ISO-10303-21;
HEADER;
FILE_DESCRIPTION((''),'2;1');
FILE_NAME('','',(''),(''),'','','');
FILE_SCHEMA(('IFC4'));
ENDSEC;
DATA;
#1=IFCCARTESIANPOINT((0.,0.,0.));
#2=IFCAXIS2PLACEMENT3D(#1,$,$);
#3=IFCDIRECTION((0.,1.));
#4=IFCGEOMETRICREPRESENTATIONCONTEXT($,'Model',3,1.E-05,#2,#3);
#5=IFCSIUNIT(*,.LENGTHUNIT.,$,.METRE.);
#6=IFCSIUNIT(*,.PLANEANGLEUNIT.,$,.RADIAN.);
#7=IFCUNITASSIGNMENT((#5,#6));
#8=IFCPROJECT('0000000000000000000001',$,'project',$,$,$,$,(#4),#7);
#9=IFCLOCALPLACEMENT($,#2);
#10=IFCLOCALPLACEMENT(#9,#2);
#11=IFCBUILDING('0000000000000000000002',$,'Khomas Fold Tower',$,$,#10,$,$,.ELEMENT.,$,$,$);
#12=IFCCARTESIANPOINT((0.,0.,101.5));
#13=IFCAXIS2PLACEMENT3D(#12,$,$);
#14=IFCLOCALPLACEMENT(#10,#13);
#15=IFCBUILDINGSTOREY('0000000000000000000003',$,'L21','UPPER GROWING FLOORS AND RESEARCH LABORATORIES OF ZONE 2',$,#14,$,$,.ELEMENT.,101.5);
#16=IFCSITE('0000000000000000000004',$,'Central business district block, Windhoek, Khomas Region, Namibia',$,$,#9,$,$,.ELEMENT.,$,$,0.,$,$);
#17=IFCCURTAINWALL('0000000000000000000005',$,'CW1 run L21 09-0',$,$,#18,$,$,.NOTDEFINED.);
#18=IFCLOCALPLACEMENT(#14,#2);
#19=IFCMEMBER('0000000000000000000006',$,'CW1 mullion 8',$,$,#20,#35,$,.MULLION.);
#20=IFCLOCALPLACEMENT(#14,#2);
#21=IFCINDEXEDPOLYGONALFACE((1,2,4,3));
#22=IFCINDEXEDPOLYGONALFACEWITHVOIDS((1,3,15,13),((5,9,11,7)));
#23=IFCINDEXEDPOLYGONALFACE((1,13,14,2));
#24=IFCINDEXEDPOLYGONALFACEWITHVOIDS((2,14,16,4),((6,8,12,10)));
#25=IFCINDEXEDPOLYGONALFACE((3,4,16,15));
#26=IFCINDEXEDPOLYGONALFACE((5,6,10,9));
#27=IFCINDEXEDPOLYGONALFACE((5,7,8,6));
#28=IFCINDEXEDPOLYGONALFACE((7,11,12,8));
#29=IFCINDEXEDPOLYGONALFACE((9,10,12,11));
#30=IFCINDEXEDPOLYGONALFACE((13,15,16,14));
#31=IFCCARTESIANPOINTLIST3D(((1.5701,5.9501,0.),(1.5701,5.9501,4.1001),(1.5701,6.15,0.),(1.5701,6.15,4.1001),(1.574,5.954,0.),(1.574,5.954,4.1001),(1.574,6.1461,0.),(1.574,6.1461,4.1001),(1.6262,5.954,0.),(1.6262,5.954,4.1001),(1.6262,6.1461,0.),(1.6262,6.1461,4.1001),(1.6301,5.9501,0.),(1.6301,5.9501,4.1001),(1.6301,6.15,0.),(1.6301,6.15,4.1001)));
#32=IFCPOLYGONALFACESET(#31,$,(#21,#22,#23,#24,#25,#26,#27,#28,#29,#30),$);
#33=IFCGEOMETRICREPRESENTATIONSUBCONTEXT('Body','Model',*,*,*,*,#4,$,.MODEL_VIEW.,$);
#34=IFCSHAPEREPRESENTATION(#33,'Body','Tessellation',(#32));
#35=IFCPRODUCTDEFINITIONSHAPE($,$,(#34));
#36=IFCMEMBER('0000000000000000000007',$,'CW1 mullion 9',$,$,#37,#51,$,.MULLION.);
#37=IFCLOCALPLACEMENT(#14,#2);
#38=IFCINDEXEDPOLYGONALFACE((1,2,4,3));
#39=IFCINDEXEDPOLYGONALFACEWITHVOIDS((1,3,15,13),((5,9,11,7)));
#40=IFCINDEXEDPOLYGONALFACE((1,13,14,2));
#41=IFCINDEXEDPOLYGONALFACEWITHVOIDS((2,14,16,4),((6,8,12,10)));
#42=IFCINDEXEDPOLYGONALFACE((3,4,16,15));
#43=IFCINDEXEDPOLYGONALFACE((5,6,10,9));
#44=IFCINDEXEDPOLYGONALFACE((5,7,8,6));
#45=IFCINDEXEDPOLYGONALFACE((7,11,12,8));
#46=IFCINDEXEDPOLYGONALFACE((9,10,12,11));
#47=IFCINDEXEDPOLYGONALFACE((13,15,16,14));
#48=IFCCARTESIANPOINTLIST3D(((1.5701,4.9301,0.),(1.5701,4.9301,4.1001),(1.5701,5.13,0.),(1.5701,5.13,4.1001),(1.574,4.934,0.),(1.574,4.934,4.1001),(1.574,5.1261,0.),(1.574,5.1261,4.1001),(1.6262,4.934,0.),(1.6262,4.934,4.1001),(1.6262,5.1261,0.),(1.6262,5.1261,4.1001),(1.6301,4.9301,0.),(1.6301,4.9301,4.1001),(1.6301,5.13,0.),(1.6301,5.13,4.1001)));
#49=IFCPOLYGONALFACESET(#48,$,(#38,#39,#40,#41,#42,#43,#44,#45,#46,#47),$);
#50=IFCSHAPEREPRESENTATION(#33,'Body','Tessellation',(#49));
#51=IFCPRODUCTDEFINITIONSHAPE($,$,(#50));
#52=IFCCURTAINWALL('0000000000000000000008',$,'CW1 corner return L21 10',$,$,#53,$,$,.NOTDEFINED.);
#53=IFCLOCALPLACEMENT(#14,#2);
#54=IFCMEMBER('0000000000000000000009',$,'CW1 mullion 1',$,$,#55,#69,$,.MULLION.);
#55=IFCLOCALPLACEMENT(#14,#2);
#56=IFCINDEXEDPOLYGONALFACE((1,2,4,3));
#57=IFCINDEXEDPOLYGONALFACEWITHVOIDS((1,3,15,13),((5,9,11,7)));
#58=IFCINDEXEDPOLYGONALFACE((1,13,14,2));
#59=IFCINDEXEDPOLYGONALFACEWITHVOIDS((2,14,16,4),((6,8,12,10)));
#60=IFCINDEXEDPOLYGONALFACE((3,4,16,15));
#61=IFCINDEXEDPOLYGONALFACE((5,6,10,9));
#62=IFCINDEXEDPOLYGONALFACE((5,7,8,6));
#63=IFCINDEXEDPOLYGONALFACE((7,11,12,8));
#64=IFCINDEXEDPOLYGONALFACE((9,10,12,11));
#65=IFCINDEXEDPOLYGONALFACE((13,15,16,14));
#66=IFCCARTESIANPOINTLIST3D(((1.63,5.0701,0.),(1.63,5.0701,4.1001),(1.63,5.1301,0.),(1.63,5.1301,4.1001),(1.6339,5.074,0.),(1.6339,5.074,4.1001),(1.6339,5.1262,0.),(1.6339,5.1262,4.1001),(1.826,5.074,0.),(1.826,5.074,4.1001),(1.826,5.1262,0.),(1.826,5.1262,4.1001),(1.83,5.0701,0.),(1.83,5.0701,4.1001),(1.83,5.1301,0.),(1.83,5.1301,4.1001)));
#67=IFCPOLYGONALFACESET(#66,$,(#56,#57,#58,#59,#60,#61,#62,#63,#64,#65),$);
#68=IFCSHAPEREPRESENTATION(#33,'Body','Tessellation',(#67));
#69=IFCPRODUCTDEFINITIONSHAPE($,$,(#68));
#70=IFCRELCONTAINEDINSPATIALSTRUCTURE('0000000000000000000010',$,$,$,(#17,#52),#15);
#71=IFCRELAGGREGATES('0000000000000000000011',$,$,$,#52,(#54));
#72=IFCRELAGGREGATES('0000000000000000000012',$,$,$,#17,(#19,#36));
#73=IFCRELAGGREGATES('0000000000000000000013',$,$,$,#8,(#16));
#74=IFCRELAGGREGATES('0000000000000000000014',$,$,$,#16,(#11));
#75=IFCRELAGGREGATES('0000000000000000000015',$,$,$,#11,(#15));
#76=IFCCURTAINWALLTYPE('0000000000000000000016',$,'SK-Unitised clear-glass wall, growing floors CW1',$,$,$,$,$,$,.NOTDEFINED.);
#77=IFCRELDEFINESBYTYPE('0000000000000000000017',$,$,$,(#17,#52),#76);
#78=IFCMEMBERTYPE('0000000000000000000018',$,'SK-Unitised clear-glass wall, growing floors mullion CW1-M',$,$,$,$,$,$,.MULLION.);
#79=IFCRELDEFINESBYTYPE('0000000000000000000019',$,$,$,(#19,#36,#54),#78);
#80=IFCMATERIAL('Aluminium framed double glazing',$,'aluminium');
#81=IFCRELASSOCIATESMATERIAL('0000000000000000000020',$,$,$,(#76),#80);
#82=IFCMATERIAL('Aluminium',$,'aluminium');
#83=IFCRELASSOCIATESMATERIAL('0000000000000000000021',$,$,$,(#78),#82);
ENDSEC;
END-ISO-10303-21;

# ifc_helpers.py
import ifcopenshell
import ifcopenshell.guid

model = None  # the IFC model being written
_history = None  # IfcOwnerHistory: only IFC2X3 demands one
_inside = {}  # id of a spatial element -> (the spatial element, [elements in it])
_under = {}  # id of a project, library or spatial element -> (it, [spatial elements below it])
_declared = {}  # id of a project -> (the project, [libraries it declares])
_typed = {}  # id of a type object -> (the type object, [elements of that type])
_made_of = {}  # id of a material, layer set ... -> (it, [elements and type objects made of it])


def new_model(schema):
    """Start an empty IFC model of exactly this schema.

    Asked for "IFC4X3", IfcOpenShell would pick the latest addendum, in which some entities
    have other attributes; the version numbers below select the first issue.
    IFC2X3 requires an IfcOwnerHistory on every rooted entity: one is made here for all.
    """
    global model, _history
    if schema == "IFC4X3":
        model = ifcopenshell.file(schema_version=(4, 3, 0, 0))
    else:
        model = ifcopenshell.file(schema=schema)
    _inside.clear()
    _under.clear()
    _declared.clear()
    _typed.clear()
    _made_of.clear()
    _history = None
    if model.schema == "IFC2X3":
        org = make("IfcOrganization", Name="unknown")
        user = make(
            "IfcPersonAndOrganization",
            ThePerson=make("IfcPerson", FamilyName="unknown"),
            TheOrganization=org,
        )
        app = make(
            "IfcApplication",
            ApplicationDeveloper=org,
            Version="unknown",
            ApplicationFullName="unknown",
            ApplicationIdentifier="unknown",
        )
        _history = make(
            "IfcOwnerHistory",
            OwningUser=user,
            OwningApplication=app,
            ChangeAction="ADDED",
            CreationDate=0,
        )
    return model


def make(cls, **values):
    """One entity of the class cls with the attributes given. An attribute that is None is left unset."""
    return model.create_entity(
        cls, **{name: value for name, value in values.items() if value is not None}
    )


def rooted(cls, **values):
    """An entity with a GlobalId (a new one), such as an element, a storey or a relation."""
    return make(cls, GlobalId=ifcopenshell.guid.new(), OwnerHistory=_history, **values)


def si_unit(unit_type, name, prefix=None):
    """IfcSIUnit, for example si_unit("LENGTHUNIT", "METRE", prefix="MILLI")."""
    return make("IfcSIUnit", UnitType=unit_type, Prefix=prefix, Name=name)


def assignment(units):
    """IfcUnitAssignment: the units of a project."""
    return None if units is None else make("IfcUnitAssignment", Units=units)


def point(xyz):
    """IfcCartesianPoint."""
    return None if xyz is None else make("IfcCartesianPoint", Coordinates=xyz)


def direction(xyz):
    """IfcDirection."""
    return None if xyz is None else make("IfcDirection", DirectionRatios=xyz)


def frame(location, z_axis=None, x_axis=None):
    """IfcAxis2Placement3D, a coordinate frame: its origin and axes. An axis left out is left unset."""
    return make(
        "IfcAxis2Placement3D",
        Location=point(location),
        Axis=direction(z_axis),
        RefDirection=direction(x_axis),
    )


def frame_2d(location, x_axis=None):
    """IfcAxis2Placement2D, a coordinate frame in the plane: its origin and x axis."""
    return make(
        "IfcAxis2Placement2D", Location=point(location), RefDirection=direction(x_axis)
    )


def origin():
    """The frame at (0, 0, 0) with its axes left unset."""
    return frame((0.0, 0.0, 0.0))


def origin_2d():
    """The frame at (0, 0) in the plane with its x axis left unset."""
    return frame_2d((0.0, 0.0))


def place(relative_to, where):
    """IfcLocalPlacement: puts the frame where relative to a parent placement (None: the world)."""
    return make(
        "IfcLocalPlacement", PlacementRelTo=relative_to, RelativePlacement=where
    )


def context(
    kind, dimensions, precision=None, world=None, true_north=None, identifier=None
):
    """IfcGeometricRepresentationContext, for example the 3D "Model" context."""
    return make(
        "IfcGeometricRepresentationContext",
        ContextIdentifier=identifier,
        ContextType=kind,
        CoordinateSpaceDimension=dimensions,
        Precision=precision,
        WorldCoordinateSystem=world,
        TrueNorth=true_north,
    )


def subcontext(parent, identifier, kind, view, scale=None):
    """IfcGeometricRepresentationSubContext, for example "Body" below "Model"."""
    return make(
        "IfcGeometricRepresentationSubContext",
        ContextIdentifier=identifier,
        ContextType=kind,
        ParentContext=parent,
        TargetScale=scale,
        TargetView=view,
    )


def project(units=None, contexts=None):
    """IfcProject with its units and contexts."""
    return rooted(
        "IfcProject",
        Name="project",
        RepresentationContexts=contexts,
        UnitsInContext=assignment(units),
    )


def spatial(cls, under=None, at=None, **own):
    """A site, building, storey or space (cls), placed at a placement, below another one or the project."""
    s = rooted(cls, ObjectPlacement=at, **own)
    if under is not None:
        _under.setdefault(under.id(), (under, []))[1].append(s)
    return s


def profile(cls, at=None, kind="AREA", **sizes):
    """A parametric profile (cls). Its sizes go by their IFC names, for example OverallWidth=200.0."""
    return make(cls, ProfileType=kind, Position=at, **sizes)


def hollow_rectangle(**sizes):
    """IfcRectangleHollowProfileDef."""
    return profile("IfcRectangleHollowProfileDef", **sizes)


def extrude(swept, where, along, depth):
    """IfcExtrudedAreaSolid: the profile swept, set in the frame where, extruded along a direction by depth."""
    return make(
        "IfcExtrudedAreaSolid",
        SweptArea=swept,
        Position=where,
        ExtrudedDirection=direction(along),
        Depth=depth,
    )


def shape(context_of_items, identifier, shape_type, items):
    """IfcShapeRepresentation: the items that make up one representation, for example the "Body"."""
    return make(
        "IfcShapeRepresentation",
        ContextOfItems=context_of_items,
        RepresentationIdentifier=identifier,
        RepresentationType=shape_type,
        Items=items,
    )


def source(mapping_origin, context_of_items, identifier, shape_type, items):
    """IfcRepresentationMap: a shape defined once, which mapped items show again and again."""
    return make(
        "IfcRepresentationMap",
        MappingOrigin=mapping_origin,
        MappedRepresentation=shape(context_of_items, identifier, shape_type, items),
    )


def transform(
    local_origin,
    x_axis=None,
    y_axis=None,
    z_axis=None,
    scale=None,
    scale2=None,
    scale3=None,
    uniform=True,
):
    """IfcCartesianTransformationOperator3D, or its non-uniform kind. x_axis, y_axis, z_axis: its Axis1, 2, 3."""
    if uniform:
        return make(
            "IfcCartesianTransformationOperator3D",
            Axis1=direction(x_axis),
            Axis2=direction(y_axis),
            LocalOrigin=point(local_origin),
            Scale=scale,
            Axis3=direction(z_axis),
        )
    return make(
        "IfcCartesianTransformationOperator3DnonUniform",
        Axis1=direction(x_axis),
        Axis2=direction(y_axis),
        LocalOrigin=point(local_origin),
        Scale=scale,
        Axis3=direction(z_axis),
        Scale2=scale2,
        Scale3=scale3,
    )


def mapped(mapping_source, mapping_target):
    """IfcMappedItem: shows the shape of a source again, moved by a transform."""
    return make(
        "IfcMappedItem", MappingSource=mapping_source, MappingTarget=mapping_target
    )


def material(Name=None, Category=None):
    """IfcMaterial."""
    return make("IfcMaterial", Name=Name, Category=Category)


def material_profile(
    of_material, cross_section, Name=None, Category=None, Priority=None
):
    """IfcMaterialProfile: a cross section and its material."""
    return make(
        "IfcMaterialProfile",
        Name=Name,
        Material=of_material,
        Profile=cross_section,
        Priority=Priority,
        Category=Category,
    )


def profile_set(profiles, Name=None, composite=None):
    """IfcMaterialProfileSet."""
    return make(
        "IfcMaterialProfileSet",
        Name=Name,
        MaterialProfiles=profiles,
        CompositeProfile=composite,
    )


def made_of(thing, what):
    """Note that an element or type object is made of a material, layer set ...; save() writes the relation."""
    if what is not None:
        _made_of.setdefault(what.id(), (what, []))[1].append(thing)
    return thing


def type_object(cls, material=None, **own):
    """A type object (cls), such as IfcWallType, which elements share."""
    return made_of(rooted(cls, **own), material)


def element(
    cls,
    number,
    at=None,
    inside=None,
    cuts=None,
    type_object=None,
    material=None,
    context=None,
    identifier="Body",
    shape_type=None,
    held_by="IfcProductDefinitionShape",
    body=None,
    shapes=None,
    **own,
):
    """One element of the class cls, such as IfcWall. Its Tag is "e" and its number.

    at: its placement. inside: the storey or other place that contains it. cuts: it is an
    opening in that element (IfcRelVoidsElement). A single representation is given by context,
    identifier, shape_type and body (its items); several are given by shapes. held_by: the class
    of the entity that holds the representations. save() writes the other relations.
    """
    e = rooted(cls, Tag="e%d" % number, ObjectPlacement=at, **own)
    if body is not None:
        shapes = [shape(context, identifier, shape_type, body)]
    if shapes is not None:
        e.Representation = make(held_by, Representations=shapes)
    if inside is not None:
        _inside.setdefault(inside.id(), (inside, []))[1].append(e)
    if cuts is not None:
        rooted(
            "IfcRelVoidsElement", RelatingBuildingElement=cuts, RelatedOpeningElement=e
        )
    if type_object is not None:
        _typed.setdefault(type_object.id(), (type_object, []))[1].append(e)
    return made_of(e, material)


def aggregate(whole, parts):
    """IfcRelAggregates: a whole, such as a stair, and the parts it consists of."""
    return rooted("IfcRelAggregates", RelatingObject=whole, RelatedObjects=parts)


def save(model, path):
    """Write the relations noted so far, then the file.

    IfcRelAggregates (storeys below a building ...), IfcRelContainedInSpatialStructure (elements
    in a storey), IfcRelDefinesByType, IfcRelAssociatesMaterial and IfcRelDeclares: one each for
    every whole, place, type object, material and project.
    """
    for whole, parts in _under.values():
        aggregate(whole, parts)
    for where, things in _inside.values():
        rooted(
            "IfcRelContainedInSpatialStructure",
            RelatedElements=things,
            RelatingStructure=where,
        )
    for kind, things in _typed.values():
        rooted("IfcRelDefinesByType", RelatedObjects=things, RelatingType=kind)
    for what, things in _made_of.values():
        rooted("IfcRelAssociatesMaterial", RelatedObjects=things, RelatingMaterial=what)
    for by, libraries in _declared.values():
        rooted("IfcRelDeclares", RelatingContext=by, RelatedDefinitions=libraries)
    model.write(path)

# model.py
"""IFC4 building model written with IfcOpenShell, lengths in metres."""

from ifc_helpers import new_model, si_unit, direction, frame, origin, origin_2d, place, context, subcontext, project, spatial, hollow_rectangle, extrude, source, transform, mapped, material, material_profile, profile_set, type_object, element, aggregate, save


model = new_model("IFC4")

# Units and contexts
model_context = context("Model", 3, precision=1e-05, world=origin(), true_north=direction((0.0, 1.0)))
body_context = subcontext(model_context, "Body", "Model", "MODEL_VIEW")
ifc_project = project(units=[si_unit("LENGTHUNIT", "METRE"), si_unit("PLANEANGLEUNIT", "RADIAN")], contexts=[model_context])

# Site, building, storey
site_placement = place(None, origin())
site = spatial("IfcSite", under=ifc_project, at=site_placement, Name="Central business district block, Windhoek, Khomas Region, Namibia", CompositionType="ELEMENT", RefElevation=0.0)
building_placement = place(site_placement, origin())
building = spatial("IfcBuilding", under=site, at=building_placement, Name="Khomas Fold Tower", CompositionType="ELEMENT")
storey_placement = place(building_placement, frame((0.0, 0.0, 101.5)))
storey = spatial("IfcBuildingStorey", under=building, at=storey_placement, Name="L21", Description="UPPER GROWING FLOORS AND RESEARCH LABORATORIES OF ZONE 2", CompositionType="ELEMENT", Elevation=101.5)

# Curtain wall, members
ifc_material_1 = material(Name="Aluminium framed double glazing", Category="aluminium")
curtain_wall_type = type_object("IfcCurtainWallType", Name="SK-Unitised clear-glass wall, growing floors CW1", PredefinedType="NOTDEFINED", material=ifc_material_1)
curtain_wall_1_placement = place(storey_placement, origin())
curtain_wall_1 = element("IfcCurtainWall", 1, at=curtain_wall_1_placement, inside=storey, type_object=curtain_wall_type, Name="CW1 run L21 09-0", PredefinedType="NOTDEFINED")
ifc_material_2 = material(Name="Aluminium", Category="aluminium")
ifc_material_profile = material_profile(ifc_material_2, hollow_rectangle(XDim=0.0601, YDim=0.2, WallThickness=0.0039, at=origin_2d()), Name="SK-Unitised clear-glass wall, growing floors mullion CW1-M")
ifc_profile_set = profile_set([ifc_material_profile], Name="Aluminium")
member_type = type_object("IfcMemberType", Name="SK-Unitised clear-glass wall, growing floors mullion CW1-M", PredefinedType="MULLION", material=ifc_profile_set)
shared_shape_1 = source(origin(), body_context, "Body", "SweptSolid", [
    extrude(hollow_rectangle(XDim=0.0601, YDim=0.2, WallThickness=0.0039, at=origin_2d()), origin(), (0.0, 0.0, 1.0), 4.1001),
])
member_1_placement = place(storey_placement, frame((1.6001, 6.05, 0.0), z_axis=(0.0, 0.0, 1.0), x_axis=(1.0, 0.0, 0.0)))
member_1 = element("IfcMember", 2, at=member_1_placement, type_object=member_type, Name="CW1 mullion 8", PredefinedType="MULLION", context=body_context, shape_type="MappedRepresentation", body=[
    mapped(shared_shape_1, transform((0.0, 0.0, 0.0))),
])
member_2_placement = place(storey_placement, frame((1.6001, 5.03, 0.0), z_axis=(0.0, 0.0, 1.0), x_axis=(1.0, 0.0, 0.0)))
member_2 = element("IfcMember", 3, at=member_2_placement, type_object=member_type, Name="CW1 mullion 9", PredefinedType="MULLION", context=body_context, shape_type="MappedRepresentation", body=[
    mapped(shared_shape_1, transform((0.0, 0.0, 0.0))),
])

# Curtain wall, member
curtain_wall_2_placement = place(storey_placement, origin())
curtain_wall_2 = element("IfcCurtainWall", 4, at=curtain_wall_2_placement, inside=storey, type_object=curtain_wall_type, Name="CW1 corner return L21 10", PredefinedType="NOTDEFINED")
member_3_placement = place(storey_placement, frame((1.73, 5.1001, 0.0), z_axis=(0.0, 0.0, 1.0), x_axis=(0.0, 1.0, 0.0)))
member_3 = element("IfcMember", 5, at=member_3_placement, type_object=member_type, Name="CW1 mullion 1", PredefinedType="MULLION", context=body_context, shape_type="MappedRepresentation", body=[
    mapped(shared_shape_1, transform((0.0, 0.0, 0.0))),
])
aggregate(curtain_wall_2, [member_3])

aggregate(curtain_wall_1, [member_1, member_2])

save(model, "model.ifc")
